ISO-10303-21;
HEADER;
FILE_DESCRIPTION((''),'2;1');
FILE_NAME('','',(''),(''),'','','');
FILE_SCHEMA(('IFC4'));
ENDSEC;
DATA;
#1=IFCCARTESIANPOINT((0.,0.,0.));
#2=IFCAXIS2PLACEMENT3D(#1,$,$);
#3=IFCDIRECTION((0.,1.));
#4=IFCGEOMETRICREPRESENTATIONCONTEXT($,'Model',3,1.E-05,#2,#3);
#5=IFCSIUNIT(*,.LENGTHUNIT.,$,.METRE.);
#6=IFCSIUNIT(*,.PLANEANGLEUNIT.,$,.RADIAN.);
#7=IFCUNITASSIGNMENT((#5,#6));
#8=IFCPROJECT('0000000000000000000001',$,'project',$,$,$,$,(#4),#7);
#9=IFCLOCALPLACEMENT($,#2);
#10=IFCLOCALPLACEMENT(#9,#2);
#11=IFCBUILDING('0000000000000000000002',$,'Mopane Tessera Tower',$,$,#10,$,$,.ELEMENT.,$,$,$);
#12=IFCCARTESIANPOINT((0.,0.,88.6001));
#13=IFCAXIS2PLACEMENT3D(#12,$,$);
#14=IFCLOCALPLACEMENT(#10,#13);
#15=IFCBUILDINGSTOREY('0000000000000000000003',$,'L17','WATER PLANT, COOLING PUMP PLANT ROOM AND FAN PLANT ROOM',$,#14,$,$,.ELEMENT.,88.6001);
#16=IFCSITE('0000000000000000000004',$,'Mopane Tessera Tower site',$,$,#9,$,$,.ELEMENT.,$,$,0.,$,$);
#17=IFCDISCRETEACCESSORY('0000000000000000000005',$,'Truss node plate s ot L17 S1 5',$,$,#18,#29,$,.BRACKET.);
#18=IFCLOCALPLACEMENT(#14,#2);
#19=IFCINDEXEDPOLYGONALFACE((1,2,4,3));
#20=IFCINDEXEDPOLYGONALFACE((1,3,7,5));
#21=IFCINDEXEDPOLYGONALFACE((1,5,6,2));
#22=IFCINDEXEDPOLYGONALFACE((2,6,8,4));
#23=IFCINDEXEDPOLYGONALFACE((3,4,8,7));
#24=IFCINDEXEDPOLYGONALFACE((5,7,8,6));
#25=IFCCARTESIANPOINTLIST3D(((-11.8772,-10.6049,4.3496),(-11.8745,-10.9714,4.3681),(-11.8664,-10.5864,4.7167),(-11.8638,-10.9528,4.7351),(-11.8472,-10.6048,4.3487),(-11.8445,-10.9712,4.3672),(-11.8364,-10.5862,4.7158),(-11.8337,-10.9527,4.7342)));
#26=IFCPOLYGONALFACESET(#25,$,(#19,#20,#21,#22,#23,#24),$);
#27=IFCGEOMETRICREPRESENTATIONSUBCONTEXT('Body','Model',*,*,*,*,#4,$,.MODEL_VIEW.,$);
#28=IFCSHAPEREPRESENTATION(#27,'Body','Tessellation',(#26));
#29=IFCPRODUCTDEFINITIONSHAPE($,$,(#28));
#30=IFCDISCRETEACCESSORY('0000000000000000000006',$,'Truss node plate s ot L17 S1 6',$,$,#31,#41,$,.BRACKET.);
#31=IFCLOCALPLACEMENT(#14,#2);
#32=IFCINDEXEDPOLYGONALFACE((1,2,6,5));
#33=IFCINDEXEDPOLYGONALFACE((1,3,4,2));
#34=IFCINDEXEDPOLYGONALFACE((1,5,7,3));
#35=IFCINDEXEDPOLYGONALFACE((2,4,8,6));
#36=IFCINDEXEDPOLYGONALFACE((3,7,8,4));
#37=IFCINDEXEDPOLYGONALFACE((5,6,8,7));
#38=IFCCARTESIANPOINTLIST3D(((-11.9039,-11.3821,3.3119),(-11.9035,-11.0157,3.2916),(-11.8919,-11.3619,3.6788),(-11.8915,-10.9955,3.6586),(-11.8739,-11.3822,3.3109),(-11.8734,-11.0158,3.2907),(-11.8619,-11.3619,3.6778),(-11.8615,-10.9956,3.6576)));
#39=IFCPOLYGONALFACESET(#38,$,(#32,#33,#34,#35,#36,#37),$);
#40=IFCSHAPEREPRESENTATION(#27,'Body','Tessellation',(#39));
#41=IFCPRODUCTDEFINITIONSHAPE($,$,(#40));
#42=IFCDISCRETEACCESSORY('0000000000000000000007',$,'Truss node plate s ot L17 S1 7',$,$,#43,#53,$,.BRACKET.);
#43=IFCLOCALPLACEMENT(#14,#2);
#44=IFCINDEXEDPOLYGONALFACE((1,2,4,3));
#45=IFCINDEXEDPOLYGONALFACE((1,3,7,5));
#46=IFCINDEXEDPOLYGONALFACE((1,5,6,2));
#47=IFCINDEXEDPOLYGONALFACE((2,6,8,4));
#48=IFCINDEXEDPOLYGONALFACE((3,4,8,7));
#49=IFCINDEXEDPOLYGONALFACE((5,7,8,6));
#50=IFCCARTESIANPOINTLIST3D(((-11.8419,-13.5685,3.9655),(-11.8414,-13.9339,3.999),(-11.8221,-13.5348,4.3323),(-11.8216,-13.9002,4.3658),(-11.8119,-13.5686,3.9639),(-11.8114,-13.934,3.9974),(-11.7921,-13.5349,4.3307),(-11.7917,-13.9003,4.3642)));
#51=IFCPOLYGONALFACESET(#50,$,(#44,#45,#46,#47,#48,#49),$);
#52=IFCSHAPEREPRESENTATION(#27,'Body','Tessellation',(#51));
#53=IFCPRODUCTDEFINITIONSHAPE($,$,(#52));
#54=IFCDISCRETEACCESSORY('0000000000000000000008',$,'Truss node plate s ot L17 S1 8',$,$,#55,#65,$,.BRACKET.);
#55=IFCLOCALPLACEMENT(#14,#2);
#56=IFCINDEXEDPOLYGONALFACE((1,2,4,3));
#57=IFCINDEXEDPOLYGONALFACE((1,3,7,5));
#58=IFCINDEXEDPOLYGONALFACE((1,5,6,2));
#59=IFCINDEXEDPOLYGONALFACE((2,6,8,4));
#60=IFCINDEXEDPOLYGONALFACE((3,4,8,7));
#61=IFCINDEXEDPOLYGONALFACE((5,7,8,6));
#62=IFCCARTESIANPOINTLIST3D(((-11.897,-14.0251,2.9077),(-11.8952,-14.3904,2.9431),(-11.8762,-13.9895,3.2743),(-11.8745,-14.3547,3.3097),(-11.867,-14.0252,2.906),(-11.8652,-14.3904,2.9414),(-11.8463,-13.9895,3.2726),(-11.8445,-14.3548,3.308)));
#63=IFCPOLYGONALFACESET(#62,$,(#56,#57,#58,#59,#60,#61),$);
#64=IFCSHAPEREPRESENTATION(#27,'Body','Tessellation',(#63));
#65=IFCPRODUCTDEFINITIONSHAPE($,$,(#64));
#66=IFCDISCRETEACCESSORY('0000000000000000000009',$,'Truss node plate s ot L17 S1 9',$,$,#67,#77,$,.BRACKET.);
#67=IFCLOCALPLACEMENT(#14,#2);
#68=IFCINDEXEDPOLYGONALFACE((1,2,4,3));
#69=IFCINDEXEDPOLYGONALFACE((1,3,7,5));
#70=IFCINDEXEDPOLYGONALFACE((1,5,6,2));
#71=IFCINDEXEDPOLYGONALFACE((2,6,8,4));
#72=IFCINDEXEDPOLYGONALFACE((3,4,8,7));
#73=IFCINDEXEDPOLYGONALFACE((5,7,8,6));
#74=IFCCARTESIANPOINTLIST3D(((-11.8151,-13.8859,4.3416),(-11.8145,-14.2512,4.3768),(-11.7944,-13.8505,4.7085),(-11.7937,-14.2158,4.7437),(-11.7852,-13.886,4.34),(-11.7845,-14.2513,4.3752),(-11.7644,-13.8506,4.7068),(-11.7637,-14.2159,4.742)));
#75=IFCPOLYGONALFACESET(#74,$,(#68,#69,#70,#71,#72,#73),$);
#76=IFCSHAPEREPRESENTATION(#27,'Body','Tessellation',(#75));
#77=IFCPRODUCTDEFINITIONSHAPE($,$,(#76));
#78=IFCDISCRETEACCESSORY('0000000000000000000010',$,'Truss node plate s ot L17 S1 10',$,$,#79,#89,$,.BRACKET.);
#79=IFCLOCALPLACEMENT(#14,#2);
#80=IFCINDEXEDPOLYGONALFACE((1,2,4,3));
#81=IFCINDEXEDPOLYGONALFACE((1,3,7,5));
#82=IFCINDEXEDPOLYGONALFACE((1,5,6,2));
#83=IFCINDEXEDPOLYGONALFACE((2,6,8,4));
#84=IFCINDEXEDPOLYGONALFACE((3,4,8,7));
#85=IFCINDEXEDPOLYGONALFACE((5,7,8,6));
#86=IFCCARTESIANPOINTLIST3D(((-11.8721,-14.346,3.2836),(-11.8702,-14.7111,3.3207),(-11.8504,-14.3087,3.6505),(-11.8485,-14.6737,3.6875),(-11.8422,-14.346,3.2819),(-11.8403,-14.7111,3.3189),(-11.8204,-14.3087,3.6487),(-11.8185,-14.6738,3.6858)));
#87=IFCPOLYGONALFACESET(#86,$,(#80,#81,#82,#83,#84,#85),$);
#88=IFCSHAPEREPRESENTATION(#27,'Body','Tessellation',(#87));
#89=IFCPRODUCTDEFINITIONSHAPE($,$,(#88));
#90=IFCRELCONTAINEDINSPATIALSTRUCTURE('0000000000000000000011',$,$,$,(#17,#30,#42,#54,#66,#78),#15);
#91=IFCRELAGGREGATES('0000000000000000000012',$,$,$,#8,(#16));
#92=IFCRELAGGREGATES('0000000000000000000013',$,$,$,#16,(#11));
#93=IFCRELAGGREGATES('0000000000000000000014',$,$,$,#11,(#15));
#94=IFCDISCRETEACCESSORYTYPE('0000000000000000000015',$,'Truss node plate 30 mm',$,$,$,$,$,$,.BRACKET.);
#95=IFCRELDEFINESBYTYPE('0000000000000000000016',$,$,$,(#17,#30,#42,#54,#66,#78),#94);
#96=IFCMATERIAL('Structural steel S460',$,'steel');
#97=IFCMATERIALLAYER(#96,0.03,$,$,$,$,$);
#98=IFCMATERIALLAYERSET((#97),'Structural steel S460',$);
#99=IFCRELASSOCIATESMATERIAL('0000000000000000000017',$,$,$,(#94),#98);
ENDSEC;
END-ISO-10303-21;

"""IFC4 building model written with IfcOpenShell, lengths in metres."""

from ifc_helpers import new_model, si_unit, direction, frame, origin, origin_2d, place, context, subcontext, project, spatial, rectangle, extrude, material, layer, layer_set, type_object, element, save


model = new_model("IFC4")

# Units and contexts
model_context = context("Model", 3, precision=1e-05, world=origin(), true_north=direction((0.0, 1.0)))
body_context = subcontext(model_context, "Body", "Model", "MODEL_VIEW")
ifc_project = project(units=[si_unit("LENGTHUNIT", "METRE"), si_unit("PLANEANGLEUNIT", "RADIAN")], contexts=[model_context])

# Site, building, storey
site_placement = place(None, origin())
site = spatial("IfcSite", under=ifc_project, at=site_placement, Name="Mopane Tessera Tower site", CompositionType="ELEMENT", RefElevation=0.0)
building_placement = place(site_placement, origin())
building = spatial("IfcBuilding", under=site, at=building_placement, Name="Mopane Tessera Tower", CompositionType="ELEMENT")
storey_placement = place(building_placement, frame((0.0, 0.0, 88.6001)))
storey = spatial("IfcBuildingStorey", under=building, at=storey_placement, Name="L17", Description="WATER PLANT, COOLING PUMP PLANT ROOM AND FAN PLANT ROOM", CompositionType="ELEMENT", Elevation=88.6001)

# Discrete accessories
ifc_material_1 = material(Name="Structural steel S460", Category="steel")
ifc_layer_1 = layer(ifc_material_1, 0.03)
ifc_layer_set_1 = layer_set([ifc_layer_1], Name="Structural steel S460")
discrete_accessory_type = type_object("IfcDiscreteAccessoryType", Name="Truss node plate 30 mm", PredefinedType="BRACKET", material=ifc_layer_set_1)
for number, where, z_axis, x_axis, name in (
    (1, (-11.8608, -10.7881, 4.3584), (0.029225, 0.050479, 0.998297), (0.999546, 0.005832, -0.029556), "Truss node plate s ot L17 S1 5"),
    (2, (-11.8887, -11.199, 3.3013), (0.032535, 0.05511, 0.99795), (0.99947, -0.002977, -0.03242), "Truss node plate s ot L17 S1 6"),
):
    element("IfcDiscreteAccessory", number, at=place(storey_placement, frame(where, z_axis=z_axis, x_axis=x_axis)), inside=storey, type_object=discrete_accessory_type, Name=name, PredefinedType="BRACKET", context=body_context, shape_type="SweptSolid", body=[
        extrude(rectangle(XDim=0.03, YDim=0.3669, at=origin_2d()), origin(), (0.0, 0.0, 1.0), 0.3677),
    ])
for number, where, z_axis, x_axis, name in (
    (3, (-11.8267, -13.7512, 3.9814), (0.053589, 0.0913, 0.99438), (0.998562, -0.00356, -0.053488), "Truss node plate s ot L17 S1 7"),
    (4, (-11.8811, -14.2078, 2.9246), (0.056237, 0.096595, 0.993734), (0.998405, -0.000566, -0.056446), "Truss node plate s ot L17 S1 8"),
):
    element("IfcDiscreteAccessory", number, at=place(storey_placement, frame(where, z_axis=z_axis, x_axis=x_axis)), inside=storey, type_object=discrete_accessory_type, Name=name, PredefinedType="BRACKET", context=body_context, shape_type="SweptSolid", body=[
        extrude(rectangle(XDim=0.03, YDim=0.3669, at=origin_2d()), origin(), (0.0, 0.0, 1.0), 0.3689),
    ])
discrete_accessory_1_placement = place(storey_placement, frame((-11.7998, -14.0686, 4.3584), z_axis=(0.056203, 0.095876, 0.993805), x_axis=(0.998418, -0.003524, -0.056124)))
element("IfcDiscreteAccessory", 5, at=discrete_accessory_1_placement, inside=storey, type_object=discrete_accessory_type, Name="Truss node plate s ot L17 S1 9", PredefinedType="BRACKET", context=body_context, shape_type="SweptSolid", body=[
    extrude(rectangle(XDim=0.03, YDim=0.3669, at=origin_2d()), origin(), (0.0, 0.0, 1.0), 0.3691),
])
discrete_accessory_2_placement = place(storey_placement, frame((-11.8562, -14.5286, 3.3013), z_axis=(0.058809, 0.101098, 0.993137), x_axis=(0.998256, -0.000743, -0.059036)))
element("IfcDiscreteAccessory", 6, at=discrete_accessory_2_placement, inside=storey, type_object=discrete_accessory_type, Name="Truss node plate s ot L17 S1 10", PredefinedType="BRACKET", context=body_context, shape_type="SweptSolid", body=[
    extrude(rectangle(XDim=0.03, YDim=0.3669, at=origin_2d()), origin(), (0.0, 0.0, 1.0), 0.3694),
])

save(model, "model.ifc")
